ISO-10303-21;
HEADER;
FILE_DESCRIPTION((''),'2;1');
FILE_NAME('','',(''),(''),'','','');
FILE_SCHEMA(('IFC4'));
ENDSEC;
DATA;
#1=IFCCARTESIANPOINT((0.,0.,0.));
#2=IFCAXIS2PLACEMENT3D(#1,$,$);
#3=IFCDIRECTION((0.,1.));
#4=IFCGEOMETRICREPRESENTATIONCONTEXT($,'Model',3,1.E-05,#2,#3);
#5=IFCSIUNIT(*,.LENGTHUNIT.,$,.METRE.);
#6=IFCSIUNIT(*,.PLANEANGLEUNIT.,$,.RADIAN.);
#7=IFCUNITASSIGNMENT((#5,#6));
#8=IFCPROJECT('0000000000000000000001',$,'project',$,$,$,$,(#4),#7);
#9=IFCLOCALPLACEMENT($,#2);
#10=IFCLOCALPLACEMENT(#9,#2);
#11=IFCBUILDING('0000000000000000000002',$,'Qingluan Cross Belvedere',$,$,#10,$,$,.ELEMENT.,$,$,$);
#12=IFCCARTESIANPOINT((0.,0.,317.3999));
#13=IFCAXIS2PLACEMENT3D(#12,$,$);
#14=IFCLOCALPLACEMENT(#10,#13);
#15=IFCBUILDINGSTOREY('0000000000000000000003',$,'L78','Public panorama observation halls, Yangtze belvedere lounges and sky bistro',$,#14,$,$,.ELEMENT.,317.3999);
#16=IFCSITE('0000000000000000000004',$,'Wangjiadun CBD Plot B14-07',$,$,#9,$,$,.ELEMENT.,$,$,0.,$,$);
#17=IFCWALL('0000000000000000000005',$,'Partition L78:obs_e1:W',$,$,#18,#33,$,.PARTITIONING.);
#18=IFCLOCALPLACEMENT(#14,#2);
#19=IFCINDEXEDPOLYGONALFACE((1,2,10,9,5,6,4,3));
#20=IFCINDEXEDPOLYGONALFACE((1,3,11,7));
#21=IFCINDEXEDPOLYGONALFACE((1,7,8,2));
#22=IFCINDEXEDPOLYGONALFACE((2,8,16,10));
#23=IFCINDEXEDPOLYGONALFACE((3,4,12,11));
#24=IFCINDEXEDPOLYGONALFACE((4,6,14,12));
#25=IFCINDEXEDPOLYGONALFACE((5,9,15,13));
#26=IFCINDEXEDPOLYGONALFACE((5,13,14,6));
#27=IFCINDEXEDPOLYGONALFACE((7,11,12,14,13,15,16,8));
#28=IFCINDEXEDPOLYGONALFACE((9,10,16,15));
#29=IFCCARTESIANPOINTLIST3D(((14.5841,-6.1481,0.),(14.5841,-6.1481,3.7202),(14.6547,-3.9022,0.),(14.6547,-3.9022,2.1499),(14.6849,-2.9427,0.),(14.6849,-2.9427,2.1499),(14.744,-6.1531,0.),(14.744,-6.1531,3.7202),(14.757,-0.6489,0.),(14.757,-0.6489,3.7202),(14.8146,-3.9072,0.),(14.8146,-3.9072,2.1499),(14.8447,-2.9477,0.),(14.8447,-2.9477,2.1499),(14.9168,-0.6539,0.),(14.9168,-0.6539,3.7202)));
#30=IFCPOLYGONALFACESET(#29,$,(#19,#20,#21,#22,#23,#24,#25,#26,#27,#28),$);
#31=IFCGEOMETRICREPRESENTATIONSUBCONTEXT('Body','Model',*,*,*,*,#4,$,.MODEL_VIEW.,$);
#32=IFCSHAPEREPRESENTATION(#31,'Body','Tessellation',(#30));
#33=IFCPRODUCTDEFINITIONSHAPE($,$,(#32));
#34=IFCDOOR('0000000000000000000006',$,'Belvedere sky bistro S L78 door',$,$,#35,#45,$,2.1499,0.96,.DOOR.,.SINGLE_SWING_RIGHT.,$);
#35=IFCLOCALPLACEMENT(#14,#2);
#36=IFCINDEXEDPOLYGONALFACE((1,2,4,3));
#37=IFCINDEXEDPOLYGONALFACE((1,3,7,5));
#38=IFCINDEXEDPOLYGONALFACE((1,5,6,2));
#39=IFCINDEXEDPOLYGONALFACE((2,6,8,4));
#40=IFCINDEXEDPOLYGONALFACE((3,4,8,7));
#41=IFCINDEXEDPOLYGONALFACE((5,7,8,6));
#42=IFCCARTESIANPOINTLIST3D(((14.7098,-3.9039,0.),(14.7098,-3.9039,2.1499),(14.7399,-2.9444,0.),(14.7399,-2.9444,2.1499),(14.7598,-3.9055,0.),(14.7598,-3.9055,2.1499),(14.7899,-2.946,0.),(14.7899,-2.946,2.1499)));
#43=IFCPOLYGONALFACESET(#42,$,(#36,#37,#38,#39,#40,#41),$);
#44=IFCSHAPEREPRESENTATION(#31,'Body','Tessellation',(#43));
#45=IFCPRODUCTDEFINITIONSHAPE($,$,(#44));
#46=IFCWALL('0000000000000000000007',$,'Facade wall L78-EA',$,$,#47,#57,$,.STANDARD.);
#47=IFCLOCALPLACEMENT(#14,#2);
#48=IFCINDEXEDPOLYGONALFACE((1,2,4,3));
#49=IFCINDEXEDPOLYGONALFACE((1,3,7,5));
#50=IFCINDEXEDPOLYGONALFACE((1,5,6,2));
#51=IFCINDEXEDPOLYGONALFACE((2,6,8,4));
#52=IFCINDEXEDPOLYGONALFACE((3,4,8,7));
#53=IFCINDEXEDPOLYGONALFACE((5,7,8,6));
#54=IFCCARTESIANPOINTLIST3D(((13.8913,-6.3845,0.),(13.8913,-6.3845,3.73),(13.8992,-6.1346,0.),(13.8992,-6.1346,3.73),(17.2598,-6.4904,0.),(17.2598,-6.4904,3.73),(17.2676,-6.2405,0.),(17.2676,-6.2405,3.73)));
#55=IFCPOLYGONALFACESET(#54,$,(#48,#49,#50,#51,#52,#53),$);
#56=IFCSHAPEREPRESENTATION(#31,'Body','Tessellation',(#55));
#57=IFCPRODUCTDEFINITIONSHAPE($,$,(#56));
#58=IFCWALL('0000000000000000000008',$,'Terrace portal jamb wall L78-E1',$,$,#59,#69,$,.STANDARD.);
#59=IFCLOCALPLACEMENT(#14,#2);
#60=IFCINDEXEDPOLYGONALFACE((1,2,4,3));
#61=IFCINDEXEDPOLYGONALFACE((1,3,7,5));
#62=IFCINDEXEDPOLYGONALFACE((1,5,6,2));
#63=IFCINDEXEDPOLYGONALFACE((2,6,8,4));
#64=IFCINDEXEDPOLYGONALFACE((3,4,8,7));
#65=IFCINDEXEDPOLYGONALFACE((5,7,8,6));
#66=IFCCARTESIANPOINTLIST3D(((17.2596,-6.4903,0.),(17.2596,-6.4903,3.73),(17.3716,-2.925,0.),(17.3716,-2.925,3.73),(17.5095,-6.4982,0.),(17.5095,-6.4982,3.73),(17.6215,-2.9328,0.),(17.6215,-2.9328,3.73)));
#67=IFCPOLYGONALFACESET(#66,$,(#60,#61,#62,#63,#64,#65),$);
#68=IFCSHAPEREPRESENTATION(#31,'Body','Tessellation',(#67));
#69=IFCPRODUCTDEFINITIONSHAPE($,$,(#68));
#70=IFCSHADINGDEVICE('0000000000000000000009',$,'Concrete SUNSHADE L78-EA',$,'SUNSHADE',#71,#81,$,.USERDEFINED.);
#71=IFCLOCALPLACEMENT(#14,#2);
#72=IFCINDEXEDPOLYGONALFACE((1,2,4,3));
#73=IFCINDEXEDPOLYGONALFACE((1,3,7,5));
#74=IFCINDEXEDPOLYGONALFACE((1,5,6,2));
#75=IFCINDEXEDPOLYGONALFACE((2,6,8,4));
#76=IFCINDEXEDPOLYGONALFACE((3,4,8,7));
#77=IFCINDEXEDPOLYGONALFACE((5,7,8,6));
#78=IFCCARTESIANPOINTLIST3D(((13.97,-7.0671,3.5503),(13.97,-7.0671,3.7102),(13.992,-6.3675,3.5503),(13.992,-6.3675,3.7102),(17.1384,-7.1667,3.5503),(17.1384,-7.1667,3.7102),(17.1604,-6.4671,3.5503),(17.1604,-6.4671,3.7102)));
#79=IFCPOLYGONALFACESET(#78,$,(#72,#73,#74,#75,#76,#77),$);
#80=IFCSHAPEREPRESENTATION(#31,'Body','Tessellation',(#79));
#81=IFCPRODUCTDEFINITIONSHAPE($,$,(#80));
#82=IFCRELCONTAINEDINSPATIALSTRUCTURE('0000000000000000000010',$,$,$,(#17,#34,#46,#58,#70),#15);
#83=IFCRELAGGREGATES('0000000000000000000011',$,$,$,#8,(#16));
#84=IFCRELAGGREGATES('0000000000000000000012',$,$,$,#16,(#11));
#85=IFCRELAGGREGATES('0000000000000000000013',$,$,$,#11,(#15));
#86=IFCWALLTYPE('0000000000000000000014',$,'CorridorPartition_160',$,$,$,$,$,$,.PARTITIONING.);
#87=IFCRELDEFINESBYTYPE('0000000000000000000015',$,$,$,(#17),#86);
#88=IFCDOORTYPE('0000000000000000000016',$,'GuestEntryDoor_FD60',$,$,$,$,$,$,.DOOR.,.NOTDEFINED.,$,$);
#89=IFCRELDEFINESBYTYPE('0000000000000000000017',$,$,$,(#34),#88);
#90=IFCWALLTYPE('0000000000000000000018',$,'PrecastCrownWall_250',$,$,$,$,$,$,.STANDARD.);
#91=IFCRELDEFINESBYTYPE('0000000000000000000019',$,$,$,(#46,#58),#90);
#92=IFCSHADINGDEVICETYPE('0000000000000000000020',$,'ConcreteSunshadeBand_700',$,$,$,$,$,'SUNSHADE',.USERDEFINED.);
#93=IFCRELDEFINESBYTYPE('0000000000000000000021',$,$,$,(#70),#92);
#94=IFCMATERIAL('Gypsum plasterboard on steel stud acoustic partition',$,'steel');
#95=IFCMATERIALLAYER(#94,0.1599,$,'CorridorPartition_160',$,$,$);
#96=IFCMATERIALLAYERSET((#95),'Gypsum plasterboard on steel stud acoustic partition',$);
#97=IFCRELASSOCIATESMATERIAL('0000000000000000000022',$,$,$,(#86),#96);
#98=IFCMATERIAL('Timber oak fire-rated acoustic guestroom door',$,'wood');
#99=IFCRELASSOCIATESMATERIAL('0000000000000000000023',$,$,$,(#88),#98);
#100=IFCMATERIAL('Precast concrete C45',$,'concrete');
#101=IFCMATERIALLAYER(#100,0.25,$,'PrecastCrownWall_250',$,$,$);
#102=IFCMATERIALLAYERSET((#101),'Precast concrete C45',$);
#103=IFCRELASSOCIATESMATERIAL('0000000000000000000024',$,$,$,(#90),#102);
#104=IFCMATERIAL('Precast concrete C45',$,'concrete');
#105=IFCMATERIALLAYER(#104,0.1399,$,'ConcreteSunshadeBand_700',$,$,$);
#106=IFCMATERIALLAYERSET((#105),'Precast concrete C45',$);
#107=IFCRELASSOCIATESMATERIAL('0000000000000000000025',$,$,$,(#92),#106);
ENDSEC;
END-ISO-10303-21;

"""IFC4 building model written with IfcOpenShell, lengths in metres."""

from ifc_helpers import new_model, si_unit, direction, frame, frame_2d, origin, origin_2d, place, context, subcontext, project, spatial, rectangle, extrude, material, layer, layer_set, type_object, element, fill, save


model = new_model("IFC4")

# Units and contexts
model_context = context("Model", 3, precision=1e-05, world=origin(), true_north=direction((0.0, 1.0)))
body_context = subcontext(model_context, "Body", "Model", "MODEL_VIEW")
ifc_project = project(units=[si_unit("LENGTHUNIT", "METRE"), si_unit("PLANEANGLEUNIT", "RADIAN")], contexts=[model_context])

# Site, building, storey
site_placement = place(None, origin())
site = spatial("IfcSite", under=ifc_project, at=site_placement, Name="Wangjiadun CBD Plot B14-07", CompositionType="ELEMENT", RefElevation=0.0)
building_placement = place(site_placement, origin())
building = spatial("IfcBuilding", under=site, at=building_placement, Name="Qingluan Cross Belvedere", CompositionType="ELEMENT")
storey_placement = place(building_placement, frame((0.0, 0.0, 317.3999)))
storey = spatial("IfcBuildingStorey", under=building, at=storey_placement, Name="L78", Description="Public panorama observation halls, Yangtze belvedere lounges and sky bistro", CompositionType="ELEMENT", Elevation=317.3999)

# Wall, opening, door
ifc_material_1 = material(Name="Gypsum plasterboard on steel stud acoustic partition", Category="steel")
ifc_layer_1 = layer(ifc_material_1, 0.1599, Name="CorridorPartition_160")
ifc_layer_set_1 = layer_set([ifc_layer_1], Name="Gypsum plasterboard on steel stud acoustic partition")
wall_type_1 = type_object("IfcWallType", Name="CorridorPartition_160", PredefinedType="PARTITIONING", material=ifc_layer_set_1)
wall_1_placement = place(storey_placement, frame((14.6641, -6.1506, 0.0), z_axis=(0.0, 0.0, 1.0), x_axis=(0.031416, 0.999506, 0.0)))
wall_1 = element("IfcWall", 1, at=wall_1_placement, inside=storey, type_object=wall_type_1, Name="Partition L78:obs_e1:W", PredefinedType="PARTITIONING", context=body_context, shape_type="SweptSolid", body=[
    extrude(rectangle(XDim=5.502, YDim=0.1599, at=frame_2d((2.751, 0.0))), origin(), (0.0, 0.0, 1.0), 3.7202),
])
opening_placement = place(wall_1_placement, frame((2.2471, 0.0, 0.0)))
opening = element("IfcOpeningElement", 2, at=opening_placement, cuts=wall_1, PredefinedType="OPENING", context=body_context, shape_type="SweptSolid", body=[
    extrude(rectangle(XDim=0.96, YDim=2.1499, at=frame_2d((0.48, 1.075))), frame((0.0, 0.0898, 0.0), z_axis=(0.0, -1.0, 0.0), x_axis=(1.0, 0.0, 0.0)), (0.0, 0.0, 1.0), 0.1799),
])
ifc_material_2 = material(Name="Timber oak fire-rated acoustic guestroom door", Category="wood")
door_type = type_object("IfcDoorType", Name="GuestEntryDoor_FD60", OperationType="NOTDEFINED", PredefinedType="DOOR", material=ifc_material_2)
door_placement = place(opening_placement, origin())
door = element("IfcDoor", 3, at=door_placement, inside=storey, type_object=door_type, Name="Belvedere sky bistro S L78 door", OperationType="SINGLE_SWING_RIGHT", OverallHeight=2.1499, OverallWidth=0.96, PredefinedType="DOOR", context=body_context, shape_type="SweptSolid", body=[
    extrude(rectangle(XDim=0.96, YDim=2.1499, at=frame_2d((0.48, 1.075))), frame((0.0, 0.0249, 0.0), z_axis=(0.0, -1.0, 0.0), x_axis=(1.0, 0.0, 0.0)), (0.0, 0.0, 1.0), 0.05),
])
fill(opening, door)

# Walls
ifc_material_3 = material(Name="Precast concrete C45", Category="concrete")
ifc_layer_2 = layer(ifc_material_3, 0.25, Name="PrecastCrownWall_250")
ifc_layer_set_2 = layer_set([ifc_layer_2], Name="Precast concrete C45")
wall_type_2 = type_object("IfcWallType", Name="PrecastCrownWall_250", PredefinedType="STANDARD", material=ifc_layer_set_2)
wall_2_placement = place(storey_placement, frame((13.8953, -6.2595, 0.0), z_axis=(0.0, 0.0, 1.0), x_axis=(0.999506, -0.031441, 0.0)))
element("IfcWall", 4, at=wall_2_placement, inside=storey, type_object=wall_type_2, Name="Facade wall L78-EA", PredefinedType="STANDARD", context=body_context, shape_type="SweptSolid", body=[
    extrude(rectangle(XDim=3.3701, YDim=0.25, at=frame_2d((1.6851, 0.0))), origin(), (0.0, 0.0, 1.0), 3.73),
])
wall_3_placement = place(storey_placement, frame((17.3845, -6.4944, 0.0), z_axis=(0.0, 0.0, 1.0), x_axis=(0.031414, 0.999506, 0.0)))
element("IfcWall", 5, at=wall_3_placement, inside=storey, type_object=wall_type_2, Name="Terrace portal jamb wall L78-E1", PredefinedType="STANDARD", context=body_context, shape_type="SweptSolid", body=[
    extrude(rectangle(XDim=3.5671, YDim=0.25, at=frame_2d((1.7837, 0.0))), origin(), (0.0, 0.0, 1.0), 3.73),
])

# Shading device
ifc_material_4 = material(Name="Precast concrete C45", Category="concrete")
ifc_layer_3 = layer(ifc_material_4, 0.1399, Name="ConcreteSunshadeBand_700")
ifc_layer_set_3 = layer_set([ifc_layer_3], Name="Precast concrete C45")
shading_device_type = type_object("IfcShadingDeviceType", Name="ConcreteSunshadeBand_700", ElementType="SUNSHADE", PredefinedType="USERDEFINED", material=ifc_layer_set_3)
shading_device_placement = place(storey_placement, frame((15.5652, -6.7671, 3.5503), z_axis=(0.0, 0.0, 1.0), x_axis=(0.999506, -0.031424, 0.0)))
element("IfcShadingDevice", 6, at=shading_device_placement, inside=storey, type_object=shading_device_type, Name="Concrete SUNSHADE L78-EA", ObjectType="SUNSHADE", PredefinedType="USERDEFINED", context=body_context, shape_type="SweptSolid", body=[
    extrude(rectangle(XDim=3.1699, YDim=0.7, at=origin_2d()), origin(), (0.0, 0.0, 1.0), 0.1599),
])

save(model, "model.ifc")
